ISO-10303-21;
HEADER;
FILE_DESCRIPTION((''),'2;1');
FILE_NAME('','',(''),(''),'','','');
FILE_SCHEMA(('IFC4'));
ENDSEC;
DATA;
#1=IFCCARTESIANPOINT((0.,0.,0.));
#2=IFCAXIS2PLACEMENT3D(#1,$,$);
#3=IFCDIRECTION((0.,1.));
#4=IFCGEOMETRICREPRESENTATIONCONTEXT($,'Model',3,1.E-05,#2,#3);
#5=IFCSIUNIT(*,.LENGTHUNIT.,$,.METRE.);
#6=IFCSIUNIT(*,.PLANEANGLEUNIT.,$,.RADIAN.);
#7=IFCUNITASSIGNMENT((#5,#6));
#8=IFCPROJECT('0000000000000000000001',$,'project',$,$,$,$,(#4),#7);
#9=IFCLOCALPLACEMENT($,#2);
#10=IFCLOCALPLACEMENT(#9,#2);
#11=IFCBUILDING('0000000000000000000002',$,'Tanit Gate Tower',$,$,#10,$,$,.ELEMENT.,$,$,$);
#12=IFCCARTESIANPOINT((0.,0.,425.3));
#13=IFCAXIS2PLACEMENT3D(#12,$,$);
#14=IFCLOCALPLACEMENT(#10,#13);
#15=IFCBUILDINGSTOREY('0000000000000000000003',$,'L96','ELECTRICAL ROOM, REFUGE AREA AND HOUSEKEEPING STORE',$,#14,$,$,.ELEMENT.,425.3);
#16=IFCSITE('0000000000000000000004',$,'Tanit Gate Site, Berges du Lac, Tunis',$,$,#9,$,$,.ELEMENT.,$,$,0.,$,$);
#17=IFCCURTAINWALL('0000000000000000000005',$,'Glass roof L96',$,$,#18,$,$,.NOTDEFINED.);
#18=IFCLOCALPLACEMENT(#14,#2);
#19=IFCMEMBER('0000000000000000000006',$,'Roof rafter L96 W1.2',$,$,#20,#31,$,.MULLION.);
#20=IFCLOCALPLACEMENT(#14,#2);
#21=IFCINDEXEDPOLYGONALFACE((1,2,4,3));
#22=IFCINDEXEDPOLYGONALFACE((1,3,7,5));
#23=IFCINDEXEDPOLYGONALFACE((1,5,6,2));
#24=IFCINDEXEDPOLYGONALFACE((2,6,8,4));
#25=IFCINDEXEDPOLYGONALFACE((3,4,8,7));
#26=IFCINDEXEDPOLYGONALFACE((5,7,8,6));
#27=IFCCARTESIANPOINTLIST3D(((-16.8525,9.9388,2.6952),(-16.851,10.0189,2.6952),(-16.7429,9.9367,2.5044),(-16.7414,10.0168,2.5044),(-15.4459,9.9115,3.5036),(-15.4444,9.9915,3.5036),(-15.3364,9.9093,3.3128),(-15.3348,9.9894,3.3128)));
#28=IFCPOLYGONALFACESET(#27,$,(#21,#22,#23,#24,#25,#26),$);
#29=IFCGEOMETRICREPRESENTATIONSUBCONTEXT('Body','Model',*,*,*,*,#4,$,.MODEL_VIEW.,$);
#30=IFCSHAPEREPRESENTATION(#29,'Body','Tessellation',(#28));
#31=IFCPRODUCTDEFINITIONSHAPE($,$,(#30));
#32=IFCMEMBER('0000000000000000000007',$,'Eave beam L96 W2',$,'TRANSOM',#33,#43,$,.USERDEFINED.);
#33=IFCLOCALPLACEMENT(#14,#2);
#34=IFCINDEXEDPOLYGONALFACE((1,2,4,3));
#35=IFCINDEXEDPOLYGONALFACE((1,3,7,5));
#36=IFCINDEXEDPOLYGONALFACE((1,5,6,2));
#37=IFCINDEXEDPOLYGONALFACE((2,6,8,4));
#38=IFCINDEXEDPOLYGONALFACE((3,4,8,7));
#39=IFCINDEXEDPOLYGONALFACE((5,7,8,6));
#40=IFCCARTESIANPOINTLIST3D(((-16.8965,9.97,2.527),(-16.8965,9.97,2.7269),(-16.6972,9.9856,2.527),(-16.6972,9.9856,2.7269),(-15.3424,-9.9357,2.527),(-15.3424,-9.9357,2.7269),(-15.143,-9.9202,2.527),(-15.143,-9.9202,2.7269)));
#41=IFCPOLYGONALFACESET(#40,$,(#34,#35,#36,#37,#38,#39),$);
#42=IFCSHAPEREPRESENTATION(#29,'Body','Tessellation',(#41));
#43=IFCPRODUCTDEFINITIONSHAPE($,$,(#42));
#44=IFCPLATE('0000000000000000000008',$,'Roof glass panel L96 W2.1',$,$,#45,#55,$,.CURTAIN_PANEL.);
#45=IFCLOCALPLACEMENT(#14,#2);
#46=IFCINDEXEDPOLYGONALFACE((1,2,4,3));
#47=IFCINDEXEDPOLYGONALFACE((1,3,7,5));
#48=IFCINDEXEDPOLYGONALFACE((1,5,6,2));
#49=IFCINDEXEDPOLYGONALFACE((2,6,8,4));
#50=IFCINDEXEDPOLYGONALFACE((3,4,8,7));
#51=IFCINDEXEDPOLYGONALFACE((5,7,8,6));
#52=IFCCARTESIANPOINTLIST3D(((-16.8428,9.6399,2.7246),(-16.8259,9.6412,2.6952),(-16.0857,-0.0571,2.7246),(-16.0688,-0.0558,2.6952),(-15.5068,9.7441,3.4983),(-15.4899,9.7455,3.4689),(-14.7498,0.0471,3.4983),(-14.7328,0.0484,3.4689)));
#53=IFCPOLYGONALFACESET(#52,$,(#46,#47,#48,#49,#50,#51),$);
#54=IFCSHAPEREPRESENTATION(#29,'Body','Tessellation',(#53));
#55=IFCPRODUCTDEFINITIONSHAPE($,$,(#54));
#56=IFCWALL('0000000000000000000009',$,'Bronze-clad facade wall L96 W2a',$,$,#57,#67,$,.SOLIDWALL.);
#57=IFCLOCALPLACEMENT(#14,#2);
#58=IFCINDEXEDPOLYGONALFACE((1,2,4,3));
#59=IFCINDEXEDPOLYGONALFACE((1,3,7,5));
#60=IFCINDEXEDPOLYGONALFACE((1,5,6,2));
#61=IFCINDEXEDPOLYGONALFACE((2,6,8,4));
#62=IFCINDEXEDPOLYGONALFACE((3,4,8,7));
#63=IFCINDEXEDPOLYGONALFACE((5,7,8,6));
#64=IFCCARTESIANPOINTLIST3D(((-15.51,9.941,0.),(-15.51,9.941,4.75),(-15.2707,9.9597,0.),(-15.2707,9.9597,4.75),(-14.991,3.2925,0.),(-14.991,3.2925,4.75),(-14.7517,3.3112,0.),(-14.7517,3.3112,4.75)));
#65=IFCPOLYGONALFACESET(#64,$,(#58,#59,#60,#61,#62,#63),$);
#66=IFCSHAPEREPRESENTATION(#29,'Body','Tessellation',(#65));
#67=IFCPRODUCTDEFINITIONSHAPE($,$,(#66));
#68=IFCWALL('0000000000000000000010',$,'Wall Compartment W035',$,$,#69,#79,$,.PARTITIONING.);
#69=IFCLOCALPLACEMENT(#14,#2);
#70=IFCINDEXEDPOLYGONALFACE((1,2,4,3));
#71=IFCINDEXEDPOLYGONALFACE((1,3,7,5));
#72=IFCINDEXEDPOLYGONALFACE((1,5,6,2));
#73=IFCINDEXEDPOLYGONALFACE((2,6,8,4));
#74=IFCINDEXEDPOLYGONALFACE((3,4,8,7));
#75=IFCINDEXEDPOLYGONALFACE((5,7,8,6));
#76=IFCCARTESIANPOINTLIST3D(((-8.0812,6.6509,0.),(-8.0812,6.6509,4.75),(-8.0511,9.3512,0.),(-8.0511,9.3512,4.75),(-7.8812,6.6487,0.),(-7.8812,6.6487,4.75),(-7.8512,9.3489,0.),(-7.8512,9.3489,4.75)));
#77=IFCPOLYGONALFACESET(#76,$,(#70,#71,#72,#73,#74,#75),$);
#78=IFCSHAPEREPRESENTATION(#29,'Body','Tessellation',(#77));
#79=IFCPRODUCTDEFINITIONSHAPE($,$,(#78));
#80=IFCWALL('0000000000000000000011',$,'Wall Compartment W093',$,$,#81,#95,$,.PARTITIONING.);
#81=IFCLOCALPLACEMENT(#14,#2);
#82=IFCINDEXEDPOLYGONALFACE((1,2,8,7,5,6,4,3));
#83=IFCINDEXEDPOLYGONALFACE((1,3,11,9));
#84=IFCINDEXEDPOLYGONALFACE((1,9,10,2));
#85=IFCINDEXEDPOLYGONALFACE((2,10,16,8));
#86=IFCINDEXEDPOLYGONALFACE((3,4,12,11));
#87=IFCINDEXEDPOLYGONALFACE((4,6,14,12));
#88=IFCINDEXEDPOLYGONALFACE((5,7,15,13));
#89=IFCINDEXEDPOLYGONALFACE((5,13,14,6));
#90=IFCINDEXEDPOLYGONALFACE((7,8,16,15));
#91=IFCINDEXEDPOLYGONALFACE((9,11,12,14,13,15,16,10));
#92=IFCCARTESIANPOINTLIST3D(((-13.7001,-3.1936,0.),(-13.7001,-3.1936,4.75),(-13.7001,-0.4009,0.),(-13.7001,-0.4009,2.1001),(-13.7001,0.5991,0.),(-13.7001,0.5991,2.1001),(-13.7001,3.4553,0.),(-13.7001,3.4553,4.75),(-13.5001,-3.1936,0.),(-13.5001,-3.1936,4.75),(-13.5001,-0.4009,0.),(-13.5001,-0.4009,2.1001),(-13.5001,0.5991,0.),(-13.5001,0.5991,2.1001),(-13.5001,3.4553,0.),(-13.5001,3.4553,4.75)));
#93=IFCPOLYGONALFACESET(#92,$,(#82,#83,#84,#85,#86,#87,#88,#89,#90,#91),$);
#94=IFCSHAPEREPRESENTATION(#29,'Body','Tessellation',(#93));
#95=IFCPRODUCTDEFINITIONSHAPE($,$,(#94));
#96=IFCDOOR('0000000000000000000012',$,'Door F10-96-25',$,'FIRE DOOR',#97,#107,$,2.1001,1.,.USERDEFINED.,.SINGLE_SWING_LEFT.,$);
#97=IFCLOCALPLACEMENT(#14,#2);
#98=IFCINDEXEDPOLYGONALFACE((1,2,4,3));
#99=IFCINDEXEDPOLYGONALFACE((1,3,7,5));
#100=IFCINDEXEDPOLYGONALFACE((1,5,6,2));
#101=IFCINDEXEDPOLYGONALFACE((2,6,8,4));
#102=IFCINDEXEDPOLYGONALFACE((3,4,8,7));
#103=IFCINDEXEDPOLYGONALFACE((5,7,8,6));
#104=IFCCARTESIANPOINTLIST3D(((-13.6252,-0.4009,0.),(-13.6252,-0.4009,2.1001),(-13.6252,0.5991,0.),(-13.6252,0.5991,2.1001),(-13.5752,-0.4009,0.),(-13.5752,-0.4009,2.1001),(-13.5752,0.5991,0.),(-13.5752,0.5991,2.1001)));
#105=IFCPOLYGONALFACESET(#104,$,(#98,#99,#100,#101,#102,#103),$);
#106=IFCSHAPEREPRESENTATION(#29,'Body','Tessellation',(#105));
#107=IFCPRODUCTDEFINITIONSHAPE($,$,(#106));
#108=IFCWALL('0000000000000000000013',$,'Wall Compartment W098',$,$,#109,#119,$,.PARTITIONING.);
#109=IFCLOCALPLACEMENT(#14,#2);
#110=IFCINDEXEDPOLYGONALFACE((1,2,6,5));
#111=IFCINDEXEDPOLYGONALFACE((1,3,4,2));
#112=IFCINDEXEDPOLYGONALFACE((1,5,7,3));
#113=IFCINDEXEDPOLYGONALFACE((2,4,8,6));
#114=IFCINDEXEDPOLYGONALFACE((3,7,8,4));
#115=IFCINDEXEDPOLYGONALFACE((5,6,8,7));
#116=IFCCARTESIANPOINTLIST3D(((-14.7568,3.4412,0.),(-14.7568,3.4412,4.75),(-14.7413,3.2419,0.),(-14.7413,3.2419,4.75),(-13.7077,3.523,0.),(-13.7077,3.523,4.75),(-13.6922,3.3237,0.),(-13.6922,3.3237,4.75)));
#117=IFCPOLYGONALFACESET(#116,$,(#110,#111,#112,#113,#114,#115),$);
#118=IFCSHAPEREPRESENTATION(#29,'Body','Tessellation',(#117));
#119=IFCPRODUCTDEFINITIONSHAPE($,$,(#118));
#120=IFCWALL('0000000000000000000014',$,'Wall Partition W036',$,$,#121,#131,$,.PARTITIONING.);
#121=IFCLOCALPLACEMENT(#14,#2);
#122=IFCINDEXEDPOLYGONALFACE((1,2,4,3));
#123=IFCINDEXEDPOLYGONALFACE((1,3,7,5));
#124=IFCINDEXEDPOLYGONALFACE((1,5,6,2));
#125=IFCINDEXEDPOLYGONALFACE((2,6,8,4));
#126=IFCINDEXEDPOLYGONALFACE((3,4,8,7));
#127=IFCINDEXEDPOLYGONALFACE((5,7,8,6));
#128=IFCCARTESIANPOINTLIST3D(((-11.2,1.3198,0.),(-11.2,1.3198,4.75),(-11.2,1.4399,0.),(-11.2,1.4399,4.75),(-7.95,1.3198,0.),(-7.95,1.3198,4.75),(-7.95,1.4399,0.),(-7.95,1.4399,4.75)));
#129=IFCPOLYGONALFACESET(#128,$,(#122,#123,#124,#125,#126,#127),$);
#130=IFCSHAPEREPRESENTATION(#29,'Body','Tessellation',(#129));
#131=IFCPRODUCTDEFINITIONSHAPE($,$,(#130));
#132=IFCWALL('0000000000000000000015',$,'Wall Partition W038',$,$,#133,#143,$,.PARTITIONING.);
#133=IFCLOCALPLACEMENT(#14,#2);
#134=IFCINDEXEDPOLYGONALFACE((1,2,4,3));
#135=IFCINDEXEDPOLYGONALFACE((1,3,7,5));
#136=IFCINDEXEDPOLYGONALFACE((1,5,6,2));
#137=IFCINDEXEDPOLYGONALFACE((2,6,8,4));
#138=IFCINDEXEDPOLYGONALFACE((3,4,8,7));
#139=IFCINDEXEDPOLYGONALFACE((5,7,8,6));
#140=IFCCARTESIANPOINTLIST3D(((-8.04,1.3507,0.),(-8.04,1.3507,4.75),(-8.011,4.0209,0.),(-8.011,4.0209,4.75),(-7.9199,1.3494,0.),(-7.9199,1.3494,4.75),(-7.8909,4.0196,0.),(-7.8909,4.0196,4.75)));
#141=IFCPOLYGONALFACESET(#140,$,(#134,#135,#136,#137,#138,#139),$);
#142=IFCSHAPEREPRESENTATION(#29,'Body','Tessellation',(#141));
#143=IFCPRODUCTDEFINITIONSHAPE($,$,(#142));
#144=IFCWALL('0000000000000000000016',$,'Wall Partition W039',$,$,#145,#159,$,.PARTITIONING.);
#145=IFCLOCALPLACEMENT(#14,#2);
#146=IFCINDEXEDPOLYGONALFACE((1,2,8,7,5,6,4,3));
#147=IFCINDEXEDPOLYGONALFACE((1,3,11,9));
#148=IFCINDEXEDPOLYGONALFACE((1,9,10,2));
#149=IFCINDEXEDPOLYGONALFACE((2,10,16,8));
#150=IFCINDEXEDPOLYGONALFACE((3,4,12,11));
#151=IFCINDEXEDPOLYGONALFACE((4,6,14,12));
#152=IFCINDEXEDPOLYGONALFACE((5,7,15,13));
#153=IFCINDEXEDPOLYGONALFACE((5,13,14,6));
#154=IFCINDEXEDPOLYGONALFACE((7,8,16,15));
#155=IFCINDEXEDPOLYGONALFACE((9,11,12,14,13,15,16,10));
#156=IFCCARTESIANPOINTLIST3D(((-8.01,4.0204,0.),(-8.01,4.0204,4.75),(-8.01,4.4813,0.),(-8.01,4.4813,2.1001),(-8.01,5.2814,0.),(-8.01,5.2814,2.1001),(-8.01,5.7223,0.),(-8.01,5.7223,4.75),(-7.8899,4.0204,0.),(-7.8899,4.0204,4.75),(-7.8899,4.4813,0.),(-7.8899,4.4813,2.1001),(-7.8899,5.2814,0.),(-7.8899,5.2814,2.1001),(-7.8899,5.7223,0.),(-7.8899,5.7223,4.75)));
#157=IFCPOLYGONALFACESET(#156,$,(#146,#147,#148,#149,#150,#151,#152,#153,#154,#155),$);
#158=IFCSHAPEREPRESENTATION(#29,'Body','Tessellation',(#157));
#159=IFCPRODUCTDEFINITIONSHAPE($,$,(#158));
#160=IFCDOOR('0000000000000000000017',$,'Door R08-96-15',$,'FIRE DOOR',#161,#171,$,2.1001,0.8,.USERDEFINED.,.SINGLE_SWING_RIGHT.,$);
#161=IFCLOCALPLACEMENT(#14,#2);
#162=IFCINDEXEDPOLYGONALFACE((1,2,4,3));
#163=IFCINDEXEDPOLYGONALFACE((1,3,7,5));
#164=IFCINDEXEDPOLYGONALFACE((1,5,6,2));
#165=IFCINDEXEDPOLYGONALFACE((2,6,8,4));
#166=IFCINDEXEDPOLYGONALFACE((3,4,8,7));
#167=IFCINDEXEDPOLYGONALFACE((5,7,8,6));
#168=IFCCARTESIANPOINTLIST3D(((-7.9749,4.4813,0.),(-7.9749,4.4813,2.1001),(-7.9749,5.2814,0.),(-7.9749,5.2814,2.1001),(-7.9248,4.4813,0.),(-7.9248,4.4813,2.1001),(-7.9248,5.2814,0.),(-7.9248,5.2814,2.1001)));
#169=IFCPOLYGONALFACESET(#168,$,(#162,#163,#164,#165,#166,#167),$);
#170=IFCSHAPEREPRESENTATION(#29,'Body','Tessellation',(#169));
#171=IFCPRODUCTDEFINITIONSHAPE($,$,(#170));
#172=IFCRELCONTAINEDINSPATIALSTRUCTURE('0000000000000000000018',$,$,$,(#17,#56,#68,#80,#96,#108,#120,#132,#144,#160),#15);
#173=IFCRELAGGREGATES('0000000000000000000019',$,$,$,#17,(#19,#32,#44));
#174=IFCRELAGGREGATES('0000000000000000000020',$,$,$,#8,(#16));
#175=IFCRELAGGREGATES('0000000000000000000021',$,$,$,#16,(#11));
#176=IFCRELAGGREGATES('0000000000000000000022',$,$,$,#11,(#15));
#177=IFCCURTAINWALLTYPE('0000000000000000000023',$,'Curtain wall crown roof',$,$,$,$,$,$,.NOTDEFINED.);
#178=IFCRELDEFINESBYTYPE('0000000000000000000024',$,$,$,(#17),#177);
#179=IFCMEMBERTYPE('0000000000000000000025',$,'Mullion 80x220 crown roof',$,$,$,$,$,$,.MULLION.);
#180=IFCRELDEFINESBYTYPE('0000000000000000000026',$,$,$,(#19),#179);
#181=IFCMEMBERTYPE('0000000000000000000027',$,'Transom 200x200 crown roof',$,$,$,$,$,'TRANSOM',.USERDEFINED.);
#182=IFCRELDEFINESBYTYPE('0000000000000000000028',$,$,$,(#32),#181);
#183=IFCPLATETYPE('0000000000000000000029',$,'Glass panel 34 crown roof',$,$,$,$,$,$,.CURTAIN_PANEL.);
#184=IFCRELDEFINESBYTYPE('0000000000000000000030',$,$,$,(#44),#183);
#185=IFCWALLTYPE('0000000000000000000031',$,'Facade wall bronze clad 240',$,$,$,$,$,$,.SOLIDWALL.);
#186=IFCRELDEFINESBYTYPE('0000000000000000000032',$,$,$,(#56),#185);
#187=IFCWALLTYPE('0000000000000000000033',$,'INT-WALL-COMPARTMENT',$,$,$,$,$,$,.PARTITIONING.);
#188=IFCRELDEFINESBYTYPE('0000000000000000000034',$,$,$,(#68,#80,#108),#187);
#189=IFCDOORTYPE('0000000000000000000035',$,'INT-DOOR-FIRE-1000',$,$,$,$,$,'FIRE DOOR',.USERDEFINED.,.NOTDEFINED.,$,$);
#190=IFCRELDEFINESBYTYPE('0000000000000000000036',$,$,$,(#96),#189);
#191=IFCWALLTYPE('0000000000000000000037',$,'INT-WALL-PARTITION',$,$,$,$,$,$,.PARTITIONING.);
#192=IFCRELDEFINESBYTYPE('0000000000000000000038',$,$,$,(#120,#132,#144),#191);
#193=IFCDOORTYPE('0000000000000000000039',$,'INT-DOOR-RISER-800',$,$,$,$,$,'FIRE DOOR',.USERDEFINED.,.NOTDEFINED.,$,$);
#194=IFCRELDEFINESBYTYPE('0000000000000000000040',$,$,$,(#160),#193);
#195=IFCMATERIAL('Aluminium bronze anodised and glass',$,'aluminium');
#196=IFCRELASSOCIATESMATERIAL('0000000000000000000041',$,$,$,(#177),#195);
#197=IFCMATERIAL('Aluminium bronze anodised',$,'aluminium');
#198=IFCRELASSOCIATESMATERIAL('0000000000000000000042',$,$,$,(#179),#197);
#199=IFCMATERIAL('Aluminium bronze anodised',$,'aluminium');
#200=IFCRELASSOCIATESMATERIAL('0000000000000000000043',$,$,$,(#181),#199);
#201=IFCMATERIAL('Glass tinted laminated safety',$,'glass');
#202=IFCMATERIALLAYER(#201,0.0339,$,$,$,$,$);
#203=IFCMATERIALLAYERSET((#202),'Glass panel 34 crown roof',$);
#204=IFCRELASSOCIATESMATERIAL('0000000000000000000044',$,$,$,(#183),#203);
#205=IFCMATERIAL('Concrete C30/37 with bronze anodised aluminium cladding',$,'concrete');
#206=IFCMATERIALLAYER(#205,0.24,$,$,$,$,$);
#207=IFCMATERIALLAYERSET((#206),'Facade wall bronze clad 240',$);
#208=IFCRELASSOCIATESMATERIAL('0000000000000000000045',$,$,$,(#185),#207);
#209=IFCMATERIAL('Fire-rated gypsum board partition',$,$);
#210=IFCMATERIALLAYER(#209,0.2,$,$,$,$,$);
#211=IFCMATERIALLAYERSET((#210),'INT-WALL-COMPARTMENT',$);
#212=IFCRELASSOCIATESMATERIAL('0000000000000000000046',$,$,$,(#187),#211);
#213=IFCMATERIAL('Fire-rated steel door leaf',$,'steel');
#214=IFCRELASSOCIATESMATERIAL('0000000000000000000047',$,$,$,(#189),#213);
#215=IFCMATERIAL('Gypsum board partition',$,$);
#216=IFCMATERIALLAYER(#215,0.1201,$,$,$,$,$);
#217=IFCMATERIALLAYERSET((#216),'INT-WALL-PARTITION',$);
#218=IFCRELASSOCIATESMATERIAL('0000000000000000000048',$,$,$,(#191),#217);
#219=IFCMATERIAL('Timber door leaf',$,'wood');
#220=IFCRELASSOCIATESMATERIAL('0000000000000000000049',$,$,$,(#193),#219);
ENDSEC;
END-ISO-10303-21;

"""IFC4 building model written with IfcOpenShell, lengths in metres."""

from ifc_helpers import new_model, si_unit, direction, frame, frame_2d, origin, origin_2d, place, context, subcontext, project, spatial, polyline, rectangle, outline, extrude, material, layer, layer_set, material_profile, profile_set, type_object, element, fill, aggregate, save


model = new_model("IFC4")

# Units and contexts
model_context = context("Model", 3, precision=1e-05, world=origin(), true_north=direction((0.0, 1.0)))
body_context = subcontext(model_context, "Body", "Model", "MODEL_VIEW")
ifc_project = project(units=[si_unit("LENGTHUNIT", "METRE"), si_unit("PLANEANGLEUNIT", "RADIAN")], contexts=[model_context])

# Site, building, storey
site_placement = place(None, origin())
site = spatial("IfcSite", under=ifc_project, at=site_placement, Name="Tanit Gate Site, Berges du Lac, Tunis", CompositionType="ELEMENT", RefElevation=0.0)
building_placement = place(site_placement, origin())
building = spatial("IfcBuilding", under=site, at=building_placement, Name="Tanit Gate Tower", CompositionType="ELEMENT")
storey_placement = place(building_placement, frame((0.0, 0.0, 425.3)))
storey = spatial("IfcBuildingStorey", under=building, at=storey_placement, Name="L96", Description="ELECTRICAL ROOM, REFUGE AREA AND HOUSEKEEPING STORE", CompositionType="ELEMENT", Elevation=425.3)

# Curtain wall, members, plate
ifc_material_1 = material(Name="Aluminium bronze anodised and glass", Category="aluminium")
curtain_wall_type = type_object("IfcCurtainWallType", Name="Curtain wall crown roof", PredefinedType="NOTDEFINED", material=ifc_material_1)
curtain_wall_placement = place(storey_placement, origin())
curtain_wall = element("IfcCurtainWall", 1, at=curtain_wall_placement, inside=storey, type_object=curtain_wall_type, Name="Glass roof L96", PredefinedType="NOTDEFINED")
ifc_material_2 = material(Name="Aluminium bronze anodised", Category="aluminium")
ifc_material_profile_1 = material_profile(ifc_material_2, rectangle(XDim=0.0801, YDim=0.22, at=origin_2d()), Name="80x220 bronze rafter")
ifc_profile_set_1 = profile_set([ifc_material_profile_1], Name="Aluminium bronze anodised")
member_type_1 = type_object("IfcMemberType", Name="Mullion 80x220 crown roof", PredefinedType="MULLION", material=ifc_profile_set_1)
member_1_placement = place(storey_placement, frame((-15.3904, 9.9504, 3.4082), z_axis=(-0.866886, 0.016853, -0.498222), x_axis=(-0.019437, -0.999811, 0.0)))
member_1 = element("IfcMember", 2, at=member_1_placement, type_object=member_type_1, Name="Roof rafter L96 W1.2", PredefinedType="MULLION", context=body_context, shape_type="SweptSolid", body=[
    extrude(rectangle(XDim=0.0801, YDim=0.22, at=origin_2d()), origin(), (0.0, 0.0, 1.0), 1.6226),
])
ifc_material_3 = material(Name="Aluminium bronze anodised", Category="aluminium")
ifc_material_profile_2 = material_profile(ifc_material_3, rectangle(XDim=0.2, YDim=0.2, at=origin_2d()), Name="200x200 bronze transom")
ifc_profile_set_2 = profile_set([ifc_material_profile_2], Name="Aluminium bronze anodised")
member_type_2 = type_object("IfcMemberType", Name="Transom 200x200 crown roof", ElementType="TRANSOM", PredefinedType="USERDEFINED", material=ifc_profile_set_2)
member_2_placement = place(storey_placement, frame((-16.7969, 9.9778, 2.627), z_axis=(0.077841, -0.996966, 0.0), x_axis=(0.996966, 0.077841, 0.0)))
member_2 = element("IfcMember", 3, at=member_2_placement, type_object=member_type_2, Name="Eave beam L96 W2", ObjectType="TRANSOM", PredefinedType="USERDEFINED", context=body_context, shape_type="SweptSolid", body=[
    extrude(rectangle(XDim=0.2, YDim=0.2, at=origin_2d()), origin(), (0.0, 0.0, 1.0), 19.9663),
])
ifc_material_4 = material(Name="Glass tinted laminated safety", Category="glass")
ifc_layer_1 = layer(ifc_material_4, 0.0339)
ifc_layer_set_1 = layer_set([ifc_layer_1], Name="Glass panel 34 crown roof")
plate_type = type_object("IfcPlateType", Name="Glass panel 34 crown roof", PredefinedType="CURTAIN_PANEL", material=ifc_layer_set_1)
plate_placement = place(storey_placement, frame((-15.5068, 9.7441, 3.4983), z_axis=(-0.498499, -0.03892, 0.866016), x_axis=(0.077837, -0.996966, 0.0)))
plate = element("IfcPlate", 4, at=plate_placement, type_object=plate_type, Name="Roof glass panel L96 W2.1", PredefinedType="CURTAIN_PANEL", context=body_context, shape_type="SweptSolid", body=[
    extrude(outline(polyline([(0.0, 0.0), (9.7265, 0.0), (9.7265, -1.5473), (-0.0001, -1.5473), (0.0, 0.0)])), origin(), (0.0, 0.0, -1.0), 0.0339),
])
aggregate(curtain_wall, [member_1, member_2, plate])

# Walls
ifc_material_5 = material(Name="Concrete C30/37 with bronze anodised aluminium cladding", Category="concrete")
ifc_layer_2 = layer(ifc_material_5, 0.24)
ifc_layer_set_2 = layer_set([ifc_layer_2], Name="Facade wall bronze clad 240")
wall_type_1 = type_object("IfcWallType", Name="Facade wall bronze clad 240", PredefinedType="SOLIDWALL", material=ifc_layer_set_2)
wall_1_placement = place(storey_placement, frame((-15.3904, 9.9504, 0.0), z_axis=(0.0, 0.0, 1.0), x_axis=(0.077833, -0.996966, 0.0)))
element("IfcWall", 5, at=wall_1_placement, inside=storey, type_object=wall_type_1, Name="Bronze-clad facade wall L96 W2a", PredefinedType="SOLIDWALL", context=body_context, shape_type="SweptSolid", body=[
    extrude(rectangle(XDim=6.6687, YDim=0.24, at=frame_2d((3.3345, 0.0))), origin(), (0.0, 0.0, 1.0), 4.75),
])
ifc_material_6 = material(Name="Fire-rated gypsum board partition")
ifc_layer_3 = layer(ifc_material_6, 0.2)
ifc_layer_set_3 = layer_set([ifc_layer_3], Name="INT-WALL-COMPARTMENT")
wall_type_2 = type_object("IfcWallType", Name="INT-WALL-COMPARTMENT", PredefinedType="PARTITIONING", material=ifc_layer_set_3)
wall_2_placement = place(storey_placement, frame((-7.9812, 6.6499, 0.0), z_axis=(0.0, 0.0, 1.0), x_axis=(0.01112, 0.999938, 0.0)))
element("IfcWall", 6, at=wall_2_placement, inside=storey, type_object=wall_type_2, Name="Wall Compartment W035", PredefinedType="PARTITIONING", context=body_context, shape_type="SweptSolid", body=[
    extrude(rectangle(XDim=2.7004, YDim=0.2, at=frame_2d((1.3501, 0.0))), origin(), (0.0, 0.0, 1.0), 4.75),
])

# Wall, opening, door
wall_3_placement = place(storey_placement, frame((-13.6001, 3.4553, 0.0), z_axis=(0.0, 0.0, 1.0), x_axis=(0.0, -1.0, 0.0)))
wall_3 = element("IfcWall", 7, at=wall_3_placement, inside=storey, type_object=wall_type_2, Name="Wall Compartment W093", PredefinedType="PARTITIONING", context=body_context, shape_type="SweptSolid", body=[
    extrude(rectangle(XDim=6.6489, YDim=0.2, at=frame_2d((3.3245, 0.0))), origin(), (0.0, 0.0, 1.0), 4.75),
])
opening_1_placement = place(wall_3_placement, frame((2.8562, 0.0, 0.0)))
opening_1 = element("IfcOpeningElement", 8, at=opening_1_placement, cuts=wall_3, PredefinedType="OPENING", context=body_context, shape_type="SweptSolid", body=[
    extrude(rectangle(XDim=1.0, YDim=2.1001, at=frame_2d((0.5, 1.05))), frame((0.0, 0.1099, 0.0), z_axis=(0.0, -1.0, 0.0), x_axis=(1.0, 0.0, 0.0)), (0.0, 0.0, 1.0), 0.22),
])
ifc_material_7 = material(Name="Fire-rated steel door leaf", Category="steel")
door_type_1 = type_object("IfcDoorType", Name="INT-DOOR-FIRE-1000", ElementType="FIRE DOOR", OperationType="NOTDEFINED", PredefinedType="USERDEFINED", material=ifc_material_7)
door_1_placement = place(opening_1_placement, origin())
door_1 = element("IfcDoor", 9, at=door_1_placement, inside=storey, type_object=door_type_1, Name="Door F10-96-25", ObjectType="FIRE DOOR", OperationType="SINGLE_SWING_LEFT", OverallHeight=2.1001, OverallWidth=1.0, PredefinedType="USERDEFINED", context=body_context, shape_type="SweptSolid", body=[
    extrude(rectangle(XDim=1.0, YDim=2.1001, at=frame_2d((0.5, 1.05))), frame((0.0, 0.0249, 0.0), z_axis=(0.0, -1.0, 0.0), x_axis=(1.0, 0.0, 0.0)), (0.0, 0.0, 1.0), 0.05),
])
fill(opening_1, door_1)

# Walls
wall_4_placement = place(storey_placement, frame((-14.749, 3.3416, 0.0), z_axis=(0.0, 0.0, 1.0), x_axis=(0.996975, 0.077726, 0.0)))
element("IfcWall", 10, at=wall_4_placement, inside=storey, type_object=wall_type_2, Name="Wall Compartment W098", PredefinedType="PARTITIONING", context=body_context, shape_type="SweptSolid", body=[
    extrude(rectangle(XDim=1.0522, YDim=0.2, at=frame_2d((0.5261, 0.0))), origin(), (0.0, 0.0, 1.0), 4.75),
])
ifc_material_8 = material(Name="Gypsum board partition")
ifc_layer_4 = layer(ifc_material_8, 0.1201)
ifc_layer_set_4 = layer_set([ifc_layer_4], Name="INT-WALL-PARTITION")
wall_type_3 = type_object("IfcWallType", Name="INT-WALL-PARTITION", PredefinedType="PARTITIONING", material=ifc_layer_set_4)
wall_5_placement = place(storey_placement, frame((-7.95, 1.3799, 0.0), z_axis=(0.0, 0.0, 1.0), x_axis=(-1.0, 0.0, 0.0)))
element("IfcWall", 11, at=wall_5_placement, inside=storey, type_object=wall_type_3, Name="Wall Partition W036", PredefinedType="PARTITIONING", context=body_context, shape_type="SweptSolid", body=[
    extrude(rectangle(XDim=3.25, YDim=0.1201, at=frame_2d((1.625, 0.0))), origin(), (0.0, 0.0, 1.0), 4.75),
])
wall_6_placement = place(storey_placement, frame((-7.9509, 4.0203, 0.0), z_axis=(0.0, 0.0, 1.0), x_axis=(-0.01088, -0.999941, 0.0)))
element("IfcWall", 12, at=wall_6_placement, inside=storey, type_object=wall_type_3, Name="Wall Partition W038", PredefinedType="PARTITIONING", context=body_context, shape_type="SweptSolid", body=[
    extrude(rectangle(XDim=2.6704, YDim=0.1201, at=frame_2d((1.3352, 0.0))), origin(), (0.0, 0.0, 1.0), 4.75),
])

# Wall, opening, door
wall_7_placement = place(storey_placement, frame((-7.95, 4.0203, 0.0), z_axis=(0.0, 0.0, 1.0), x_axis=(0.0, 1.0, 0.0)))
wall_7 = element("IfcWall", 13, at=wall_7_placement, inside=storey, type_object=wall_type_3, Name="Wall Partition W039", PredefinedType="PARTITIONING", context=body_context, shape_type="SweptSolid", body=[
    extrude(rectangle(XDim=1.7019, YDim=0.1201, at=frame_2d((0.8511, 0.0))), origin(), (0.0, 0.0, 1.0), 4.75),
])
opening_2_placement = place(wall_7_placement, frame((0.4612, 0.0, 0.0)))
opening_2 = element("IfcOpeningElement", 14, at=opening_2_placement, cuts=wall_7, PredefinedType="OPENING", context=body_context, shape_type="SweptSolid", body=[
    extrude(rectangle(XDim=0.8, YDim=2.1001, at=frame_2d((0.3999, 1.05))), frame((0.0, 0.0701, 0.0), z_axis=(0.0, -1.0, 0.0), x_axis=(1.0, 0.0, 0.0)), (0.0, 0.0, 1.0), 0.1401),
])
ifc_material_9 = material(Name="Timber door leaf", Category="wood")
door_type_2 = type_object("IfcDoorType", Name="INT-DOOR-RISER-800", ElementType="FIRE DOOR", OperationType="NOTDEFINED", PredefinedType="USERDEFINED", material=ifc_material_9)
door_2_placement = place(opening_2_placement, origin())
door_2 = element("IfcDoor", 15, at=door_2_placement, inside=storey, type_object=door_type_2, Name="Door R08-96-15", ObjectType="FIRE DOOR", OperationType="SINGLE_SWING_RIGHT", OverallHeight=2.1001, OverallWidth=0.8, PredefinedType="USERDEFINED", context=body_context, shape_type="SweptSolid", body=[
    extrude(rectangle(XDim=0.8, YDim=2.1001, at=frame_2d((0.3999, 1.05))), frame((0.0, 0.0249, 0.0), z_axis=(0.0, -1.0, 0.0), x_axis=(1.0, 0.0, 0.0)), (0.0, 0.0, 1.0), 0.05),
])
fill(opening_2, door_2)

save(model, "model.ifc")
